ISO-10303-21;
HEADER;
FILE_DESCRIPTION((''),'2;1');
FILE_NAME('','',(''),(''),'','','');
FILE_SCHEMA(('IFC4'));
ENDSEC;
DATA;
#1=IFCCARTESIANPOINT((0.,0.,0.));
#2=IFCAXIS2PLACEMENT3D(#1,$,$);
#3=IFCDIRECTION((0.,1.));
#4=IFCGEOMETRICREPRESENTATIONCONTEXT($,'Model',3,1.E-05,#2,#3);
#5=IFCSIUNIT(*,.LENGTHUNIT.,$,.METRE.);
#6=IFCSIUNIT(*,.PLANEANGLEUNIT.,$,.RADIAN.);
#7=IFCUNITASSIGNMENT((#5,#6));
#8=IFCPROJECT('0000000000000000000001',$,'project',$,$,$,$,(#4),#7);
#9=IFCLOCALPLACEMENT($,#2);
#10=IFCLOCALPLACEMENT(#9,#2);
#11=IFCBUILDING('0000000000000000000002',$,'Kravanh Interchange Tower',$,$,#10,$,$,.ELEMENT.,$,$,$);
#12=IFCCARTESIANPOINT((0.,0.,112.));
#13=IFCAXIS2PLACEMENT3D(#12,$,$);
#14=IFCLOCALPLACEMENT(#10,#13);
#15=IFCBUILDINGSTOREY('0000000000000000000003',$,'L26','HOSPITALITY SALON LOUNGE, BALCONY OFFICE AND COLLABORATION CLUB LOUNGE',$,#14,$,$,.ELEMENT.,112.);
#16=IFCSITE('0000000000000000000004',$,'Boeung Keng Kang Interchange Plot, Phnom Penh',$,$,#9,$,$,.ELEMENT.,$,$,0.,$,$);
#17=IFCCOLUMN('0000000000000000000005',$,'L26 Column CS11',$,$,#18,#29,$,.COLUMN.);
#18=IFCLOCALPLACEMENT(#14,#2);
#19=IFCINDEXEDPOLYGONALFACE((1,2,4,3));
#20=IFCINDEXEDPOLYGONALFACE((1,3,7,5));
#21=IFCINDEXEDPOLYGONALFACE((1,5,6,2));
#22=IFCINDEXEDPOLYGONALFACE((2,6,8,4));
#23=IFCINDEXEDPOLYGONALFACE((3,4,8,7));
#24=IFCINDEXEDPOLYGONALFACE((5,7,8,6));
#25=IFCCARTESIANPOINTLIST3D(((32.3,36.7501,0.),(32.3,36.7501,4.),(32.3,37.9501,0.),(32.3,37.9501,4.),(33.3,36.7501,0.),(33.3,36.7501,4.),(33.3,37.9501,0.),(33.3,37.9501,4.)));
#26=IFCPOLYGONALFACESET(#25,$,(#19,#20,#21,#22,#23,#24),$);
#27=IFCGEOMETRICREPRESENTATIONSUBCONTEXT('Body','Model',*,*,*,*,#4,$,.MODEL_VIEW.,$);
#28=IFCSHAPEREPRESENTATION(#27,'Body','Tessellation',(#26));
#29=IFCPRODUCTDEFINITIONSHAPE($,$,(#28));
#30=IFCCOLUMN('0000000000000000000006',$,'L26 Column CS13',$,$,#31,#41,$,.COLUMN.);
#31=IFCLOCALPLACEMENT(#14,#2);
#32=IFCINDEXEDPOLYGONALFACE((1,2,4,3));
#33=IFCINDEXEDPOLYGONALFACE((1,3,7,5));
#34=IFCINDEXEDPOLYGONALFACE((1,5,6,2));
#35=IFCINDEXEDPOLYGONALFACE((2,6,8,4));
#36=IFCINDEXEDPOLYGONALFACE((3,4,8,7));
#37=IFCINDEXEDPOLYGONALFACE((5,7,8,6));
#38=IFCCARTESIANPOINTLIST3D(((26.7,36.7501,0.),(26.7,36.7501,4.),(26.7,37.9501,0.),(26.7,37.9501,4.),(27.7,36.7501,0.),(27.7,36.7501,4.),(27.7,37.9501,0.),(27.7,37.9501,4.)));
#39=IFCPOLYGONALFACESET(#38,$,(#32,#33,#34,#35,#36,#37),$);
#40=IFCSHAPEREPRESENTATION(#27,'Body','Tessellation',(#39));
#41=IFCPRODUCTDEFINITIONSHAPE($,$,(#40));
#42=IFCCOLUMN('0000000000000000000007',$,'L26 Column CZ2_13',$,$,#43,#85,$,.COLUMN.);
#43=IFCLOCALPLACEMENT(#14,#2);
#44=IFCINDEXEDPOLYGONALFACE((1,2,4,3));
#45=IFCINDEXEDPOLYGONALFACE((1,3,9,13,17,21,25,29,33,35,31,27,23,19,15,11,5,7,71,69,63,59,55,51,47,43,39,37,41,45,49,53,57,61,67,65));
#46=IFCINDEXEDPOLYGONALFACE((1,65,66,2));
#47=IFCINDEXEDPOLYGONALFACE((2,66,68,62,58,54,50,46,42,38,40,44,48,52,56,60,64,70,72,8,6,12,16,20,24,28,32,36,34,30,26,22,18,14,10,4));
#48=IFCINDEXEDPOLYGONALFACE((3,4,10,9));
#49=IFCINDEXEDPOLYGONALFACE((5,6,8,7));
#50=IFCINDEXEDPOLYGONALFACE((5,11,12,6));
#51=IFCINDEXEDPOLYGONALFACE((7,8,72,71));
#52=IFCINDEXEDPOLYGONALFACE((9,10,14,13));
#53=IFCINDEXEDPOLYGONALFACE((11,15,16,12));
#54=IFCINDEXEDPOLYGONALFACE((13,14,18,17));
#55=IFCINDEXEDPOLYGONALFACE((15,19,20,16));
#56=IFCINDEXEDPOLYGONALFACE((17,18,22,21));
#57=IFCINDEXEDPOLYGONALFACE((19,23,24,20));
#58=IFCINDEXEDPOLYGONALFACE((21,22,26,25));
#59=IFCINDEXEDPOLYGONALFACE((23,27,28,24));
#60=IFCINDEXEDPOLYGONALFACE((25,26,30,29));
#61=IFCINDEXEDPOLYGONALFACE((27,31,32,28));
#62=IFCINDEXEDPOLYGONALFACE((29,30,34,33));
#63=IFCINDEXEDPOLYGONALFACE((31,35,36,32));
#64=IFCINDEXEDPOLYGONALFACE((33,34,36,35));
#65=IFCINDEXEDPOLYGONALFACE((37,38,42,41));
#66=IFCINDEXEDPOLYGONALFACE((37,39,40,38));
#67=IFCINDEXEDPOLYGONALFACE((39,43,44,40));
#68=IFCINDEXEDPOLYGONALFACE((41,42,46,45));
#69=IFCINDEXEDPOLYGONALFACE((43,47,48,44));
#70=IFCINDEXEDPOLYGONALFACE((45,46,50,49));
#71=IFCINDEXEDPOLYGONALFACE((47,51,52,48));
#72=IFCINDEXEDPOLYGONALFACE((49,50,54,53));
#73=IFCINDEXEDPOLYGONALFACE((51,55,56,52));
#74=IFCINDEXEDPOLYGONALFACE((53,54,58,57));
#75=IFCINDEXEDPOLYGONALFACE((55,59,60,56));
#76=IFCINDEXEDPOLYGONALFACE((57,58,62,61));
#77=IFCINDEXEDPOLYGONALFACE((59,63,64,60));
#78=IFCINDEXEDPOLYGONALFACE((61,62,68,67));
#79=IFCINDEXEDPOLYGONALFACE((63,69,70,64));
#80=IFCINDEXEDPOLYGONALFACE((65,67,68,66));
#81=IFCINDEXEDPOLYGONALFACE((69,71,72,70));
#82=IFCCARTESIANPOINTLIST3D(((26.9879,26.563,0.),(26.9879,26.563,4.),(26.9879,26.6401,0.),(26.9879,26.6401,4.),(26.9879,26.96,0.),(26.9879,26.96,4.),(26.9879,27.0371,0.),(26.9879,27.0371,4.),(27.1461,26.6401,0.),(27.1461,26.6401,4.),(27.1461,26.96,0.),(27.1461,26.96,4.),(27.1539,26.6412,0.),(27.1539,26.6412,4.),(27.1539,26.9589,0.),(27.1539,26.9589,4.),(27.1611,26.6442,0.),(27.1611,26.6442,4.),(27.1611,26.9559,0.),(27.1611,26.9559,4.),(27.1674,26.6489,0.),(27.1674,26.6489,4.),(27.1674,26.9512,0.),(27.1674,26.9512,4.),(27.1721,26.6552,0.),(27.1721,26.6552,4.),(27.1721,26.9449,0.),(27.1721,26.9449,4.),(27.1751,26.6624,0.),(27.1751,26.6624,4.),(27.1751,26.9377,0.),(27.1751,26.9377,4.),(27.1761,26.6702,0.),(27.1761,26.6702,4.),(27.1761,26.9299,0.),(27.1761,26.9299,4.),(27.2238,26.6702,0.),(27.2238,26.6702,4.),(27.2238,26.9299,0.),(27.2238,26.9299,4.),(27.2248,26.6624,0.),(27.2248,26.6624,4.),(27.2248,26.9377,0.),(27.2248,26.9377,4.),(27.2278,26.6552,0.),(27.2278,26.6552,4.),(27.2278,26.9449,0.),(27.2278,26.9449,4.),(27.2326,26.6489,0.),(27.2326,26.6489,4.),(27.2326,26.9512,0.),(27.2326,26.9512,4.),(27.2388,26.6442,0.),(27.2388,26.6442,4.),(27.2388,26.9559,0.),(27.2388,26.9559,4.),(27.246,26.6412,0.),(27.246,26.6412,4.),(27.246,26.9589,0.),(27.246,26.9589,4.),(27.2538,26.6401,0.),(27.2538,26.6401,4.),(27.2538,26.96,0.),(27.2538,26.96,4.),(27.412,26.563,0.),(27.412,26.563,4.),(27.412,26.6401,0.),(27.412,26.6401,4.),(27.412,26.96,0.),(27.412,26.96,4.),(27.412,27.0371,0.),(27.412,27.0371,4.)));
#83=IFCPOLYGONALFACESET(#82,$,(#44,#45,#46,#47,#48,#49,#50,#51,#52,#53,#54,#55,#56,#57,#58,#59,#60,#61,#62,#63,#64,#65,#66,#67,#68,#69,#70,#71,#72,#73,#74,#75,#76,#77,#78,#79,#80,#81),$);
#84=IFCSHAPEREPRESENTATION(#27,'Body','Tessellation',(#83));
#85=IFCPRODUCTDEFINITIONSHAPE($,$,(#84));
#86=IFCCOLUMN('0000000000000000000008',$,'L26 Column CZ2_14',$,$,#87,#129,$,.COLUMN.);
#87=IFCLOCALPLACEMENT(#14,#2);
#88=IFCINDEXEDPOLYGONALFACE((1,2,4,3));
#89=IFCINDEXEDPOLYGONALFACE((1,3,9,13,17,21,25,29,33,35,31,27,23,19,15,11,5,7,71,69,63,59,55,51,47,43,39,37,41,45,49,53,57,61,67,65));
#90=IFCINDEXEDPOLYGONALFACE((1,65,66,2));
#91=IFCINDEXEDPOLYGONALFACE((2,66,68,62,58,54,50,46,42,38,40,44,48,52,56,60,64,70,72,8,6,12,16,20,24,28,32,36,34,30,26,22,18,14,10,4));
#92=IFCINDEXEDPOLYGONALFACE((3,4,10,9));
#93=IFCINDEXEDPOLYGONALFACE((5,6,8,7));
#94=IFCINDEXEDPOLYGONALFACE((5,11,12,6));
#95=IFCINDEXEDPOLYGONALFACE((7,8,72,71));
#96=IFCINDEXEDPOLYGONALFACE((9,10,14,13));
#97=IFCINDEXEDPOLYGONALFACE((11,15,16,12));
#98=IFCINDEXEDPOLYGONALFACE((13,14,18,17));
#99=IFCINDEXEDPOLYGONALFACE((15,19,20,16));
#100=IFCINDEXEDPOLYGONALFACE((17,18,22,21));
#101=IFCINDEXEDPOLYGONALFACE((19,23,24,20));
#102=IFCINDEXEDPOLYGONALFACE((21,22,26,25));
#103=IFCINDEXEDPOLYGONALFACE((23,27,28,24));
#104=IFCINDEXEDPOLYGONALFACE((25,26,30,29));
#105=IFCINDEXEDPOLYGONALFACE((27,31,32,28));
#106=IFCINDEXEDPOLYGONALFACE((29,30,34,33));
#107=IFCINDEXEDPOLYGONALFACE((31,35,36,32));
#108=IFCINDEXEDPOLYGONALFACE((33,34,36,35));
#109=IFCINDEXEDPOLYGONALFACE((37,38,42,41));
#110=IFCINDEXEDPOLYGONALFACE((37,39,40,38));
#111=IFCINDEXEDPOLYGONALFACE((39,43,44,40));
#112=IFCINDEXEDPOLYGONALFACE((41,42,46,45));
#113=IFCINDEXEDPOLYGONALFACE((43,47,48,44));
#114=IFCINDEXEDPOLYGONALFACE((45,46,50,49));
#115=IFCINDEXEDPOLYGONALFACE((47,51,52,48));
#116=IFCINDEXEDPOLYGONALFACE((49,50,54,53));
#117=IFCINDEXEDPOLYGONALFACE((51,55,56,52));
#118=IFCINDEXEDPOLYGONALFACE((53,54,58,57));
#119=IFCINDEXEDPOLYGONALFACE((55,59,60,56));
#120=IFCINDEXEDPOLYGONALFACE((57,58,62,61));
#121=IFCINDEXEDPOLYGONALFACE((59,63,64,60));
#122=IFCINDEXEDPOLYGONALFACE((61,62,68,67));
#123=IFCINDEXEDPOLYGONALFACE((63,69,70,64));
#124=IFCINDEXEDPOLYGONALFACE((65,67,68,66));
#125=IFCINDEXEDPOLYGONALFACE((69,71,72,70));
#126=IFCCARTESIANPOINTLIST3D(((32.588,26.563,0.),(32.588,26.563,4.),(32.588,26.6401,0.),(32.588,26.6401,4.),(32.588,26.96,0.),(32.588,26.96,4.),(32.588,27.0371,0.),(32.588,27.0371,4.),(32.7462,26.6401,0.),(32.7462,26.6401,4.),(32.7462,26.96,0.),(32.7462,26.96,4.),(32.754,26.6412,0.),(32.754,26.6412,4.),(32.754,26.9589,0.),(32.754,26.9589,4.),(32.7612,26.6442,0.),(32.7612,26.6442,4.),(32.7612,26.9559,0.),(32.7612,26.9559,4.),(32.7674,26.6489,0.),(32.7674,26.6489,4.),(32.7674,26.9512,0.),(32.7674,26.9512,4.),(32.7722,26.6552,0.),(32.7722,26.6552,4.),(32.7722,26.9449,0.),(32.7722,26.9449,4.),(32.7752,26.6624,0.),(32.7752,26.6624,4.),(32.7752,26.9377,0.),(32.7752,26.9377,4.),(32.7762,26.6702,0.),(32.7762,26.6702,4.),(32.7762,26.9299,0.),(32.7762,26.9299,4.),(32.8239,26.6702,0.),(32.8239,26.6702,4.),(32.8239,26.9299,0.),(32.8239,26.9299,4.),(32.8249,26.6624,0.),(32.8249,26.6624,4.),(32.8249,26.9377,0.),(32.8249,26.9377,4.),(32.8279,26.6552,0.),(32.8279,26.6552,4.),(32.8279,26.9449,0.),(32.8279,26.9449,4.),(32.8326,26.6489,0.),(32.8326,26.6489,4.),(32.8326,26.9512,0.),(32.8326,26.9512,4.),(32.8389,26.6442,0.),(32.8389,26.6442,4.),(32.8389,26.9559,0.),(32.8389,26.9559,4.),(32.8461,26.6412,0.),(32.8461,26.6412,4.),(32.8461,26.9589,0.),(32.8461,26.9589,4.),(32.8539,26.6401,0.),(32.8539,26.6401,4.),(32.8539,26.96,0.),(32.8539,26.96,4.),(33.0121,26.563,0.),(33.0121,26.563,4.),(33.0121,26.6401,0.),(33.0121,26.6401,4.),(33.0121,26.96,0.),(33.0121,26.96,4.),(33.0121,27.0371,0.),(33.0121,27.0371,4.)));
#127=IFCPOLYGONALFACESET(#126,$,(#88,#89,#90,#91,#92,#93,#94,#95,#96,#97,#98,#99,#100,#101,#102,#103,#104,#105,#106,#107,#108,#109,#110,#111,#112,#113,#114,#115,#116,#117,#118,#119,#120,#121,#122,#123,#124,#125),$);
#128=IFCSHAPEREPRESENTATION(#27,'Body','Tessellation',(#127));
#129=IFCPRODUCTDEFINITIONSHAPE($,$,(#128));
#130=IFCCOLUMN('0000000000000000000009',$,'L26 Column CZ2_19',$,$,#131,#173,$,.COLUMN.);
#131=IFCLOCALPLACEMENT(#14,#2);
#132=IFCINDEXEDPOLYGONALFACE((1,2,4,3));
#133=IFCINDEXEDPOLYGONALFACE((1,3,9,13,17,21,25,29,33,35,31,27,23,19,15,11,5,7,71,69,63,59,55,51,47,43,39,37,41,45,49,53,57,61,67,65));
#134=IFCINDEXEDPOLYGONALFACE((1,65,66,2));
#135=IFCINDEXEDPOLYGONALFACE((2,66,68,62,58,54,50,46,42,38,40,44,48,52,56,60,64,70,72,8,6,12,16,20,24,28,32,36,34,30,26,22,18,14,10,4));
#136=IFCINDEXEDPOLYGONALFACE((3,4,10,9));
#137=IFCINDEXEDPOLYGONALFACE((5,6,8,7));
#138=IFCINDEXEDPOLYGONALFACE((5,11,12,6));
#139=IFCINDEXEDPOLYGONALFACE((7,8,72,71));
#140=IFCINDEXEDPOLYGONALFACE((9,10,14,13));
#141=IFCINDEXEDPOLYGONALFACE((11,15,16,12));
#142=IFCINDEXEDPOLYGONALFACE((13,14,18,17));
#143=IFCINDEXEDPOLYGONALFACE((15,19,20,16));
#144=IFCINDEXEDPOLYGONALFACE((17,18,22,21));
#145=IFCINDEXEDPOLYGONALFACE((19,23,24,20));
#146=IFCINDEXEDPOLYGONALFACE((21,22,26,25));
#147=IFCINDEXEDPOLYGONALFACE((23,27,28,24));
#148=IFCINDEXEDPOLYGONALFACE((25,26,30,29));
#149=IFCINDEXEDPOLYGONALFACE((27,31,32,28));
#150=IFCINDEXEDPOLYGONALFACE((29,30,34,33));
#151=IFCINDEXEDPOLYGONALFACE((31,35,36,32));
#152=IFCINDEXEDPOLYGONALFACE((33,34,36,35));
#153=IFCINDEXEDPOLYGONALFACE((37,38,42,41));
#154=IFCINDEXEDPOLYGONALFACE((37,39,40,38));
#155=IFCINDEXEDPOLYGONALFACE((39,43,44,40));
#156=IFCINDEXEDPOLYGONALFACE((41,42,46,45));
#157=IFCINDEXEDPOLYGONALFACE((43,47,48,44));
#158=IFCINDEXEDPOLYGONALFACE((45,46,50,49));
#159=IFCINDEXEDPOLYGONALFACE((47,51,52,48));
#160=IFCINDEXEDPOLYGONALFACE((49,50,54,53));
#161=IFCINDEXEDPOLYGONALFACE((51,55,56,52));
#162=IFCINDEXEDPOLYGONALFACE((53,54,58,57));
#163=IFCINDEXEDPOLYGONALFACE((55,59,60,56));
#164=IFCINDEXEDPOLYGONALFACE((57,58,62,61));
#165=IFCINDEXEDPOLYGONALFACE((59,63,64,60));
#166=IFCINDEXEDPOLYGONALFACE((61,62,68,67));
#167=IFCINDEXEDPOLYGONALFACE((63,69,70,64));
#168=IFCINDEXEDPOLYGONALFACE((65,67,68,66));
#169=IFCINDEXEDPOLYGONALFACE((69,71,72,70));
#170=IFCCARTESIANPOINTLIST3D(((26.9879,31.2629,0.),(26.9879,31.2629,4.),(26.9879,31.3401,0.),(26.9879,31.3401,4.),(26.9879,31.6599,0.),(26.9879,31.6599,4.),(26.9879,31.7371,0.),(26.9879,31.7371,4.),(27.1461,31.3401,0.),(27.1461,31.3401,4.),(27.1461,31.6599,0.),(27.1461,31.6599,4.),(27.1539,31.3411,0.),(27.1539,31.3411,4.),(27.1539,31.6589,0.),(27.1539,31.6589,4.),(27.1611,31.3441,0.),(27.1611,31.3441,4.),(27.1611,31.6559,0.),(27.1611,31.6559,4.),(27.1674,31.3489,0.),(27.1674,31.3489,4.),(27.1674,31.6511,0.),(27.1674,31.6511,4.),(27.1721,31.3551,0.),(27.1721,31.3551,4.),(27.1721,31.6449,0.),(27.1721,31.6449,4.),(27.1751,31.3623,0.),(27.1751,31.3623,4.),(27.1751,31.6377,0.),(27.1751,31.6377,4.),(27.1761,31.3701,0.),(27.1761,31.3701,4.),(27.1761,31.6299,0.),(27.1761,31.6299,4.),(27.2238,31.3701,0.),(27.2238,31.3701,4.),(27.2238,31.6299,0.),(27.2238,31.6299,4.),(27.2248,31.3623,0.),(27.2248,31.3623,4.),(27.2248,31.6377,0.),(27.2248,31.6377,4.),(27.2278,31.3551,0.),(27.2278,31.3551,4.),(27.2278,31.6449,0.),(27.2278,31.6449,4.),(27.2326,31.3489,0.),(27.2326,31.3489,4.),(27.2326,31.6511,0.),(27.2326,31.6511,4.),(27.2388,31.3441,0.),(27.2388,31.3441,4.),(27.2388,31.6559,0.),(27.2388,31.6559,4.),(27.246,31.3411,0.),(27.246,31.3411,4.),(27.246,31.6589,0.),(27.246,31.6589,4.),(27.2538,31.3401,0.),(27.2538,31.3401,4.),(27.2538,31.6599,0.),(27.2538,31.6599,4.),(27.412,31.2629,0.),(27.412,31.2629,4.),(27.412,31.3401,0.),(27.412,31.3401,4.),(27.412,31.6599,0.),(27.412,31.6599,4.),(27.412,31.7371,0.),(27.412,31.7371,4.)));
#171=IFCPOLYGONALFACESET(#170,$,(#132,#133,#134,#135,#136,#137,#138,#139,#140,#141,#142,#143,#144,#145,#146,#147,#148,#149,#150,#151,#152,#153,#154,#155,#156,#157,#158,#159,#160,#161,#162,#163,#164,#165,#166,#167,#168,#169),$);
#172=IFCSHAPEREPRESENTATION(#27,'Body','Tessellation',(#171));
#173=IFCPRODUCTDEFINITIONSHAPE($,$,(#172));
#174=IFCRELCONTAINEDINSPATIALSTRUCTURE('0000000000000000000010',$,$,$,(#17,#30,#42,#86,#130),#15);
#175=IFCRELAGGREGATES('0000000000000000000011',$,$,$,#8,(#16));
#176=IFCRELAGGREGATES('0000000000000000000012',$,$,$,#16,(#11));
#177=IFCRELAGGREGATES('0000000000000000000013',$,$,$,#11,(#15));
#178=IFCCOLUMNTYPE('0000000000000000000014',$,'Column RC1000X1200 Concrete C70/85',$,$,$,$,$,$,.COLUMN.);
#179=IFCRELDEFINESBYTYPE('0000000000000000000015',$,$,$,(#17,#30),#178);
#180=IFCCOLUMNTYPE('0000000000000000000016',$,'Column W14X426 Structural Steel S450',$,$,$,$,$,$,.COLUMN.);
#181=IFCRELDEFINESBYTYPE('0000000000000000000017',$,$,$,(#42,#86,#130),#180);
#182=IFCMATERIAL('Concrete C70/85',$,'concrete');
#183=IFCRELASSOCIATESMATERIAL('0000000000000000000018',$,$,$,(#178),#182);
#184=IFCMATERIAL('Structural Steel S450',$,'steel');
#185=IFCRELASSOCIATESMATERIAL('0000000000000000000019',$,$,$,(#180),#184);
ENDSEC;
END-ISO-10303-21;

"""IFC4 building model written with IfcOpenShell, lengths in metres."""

from ifc_helpers import new_model, si_unit, direction, frame, origin, origin_2d, place, context, subcontext, project, spatial, rectangle, i_section, extrude, material, material_profile, profile_set, type_object, element, save


model = new_model("IFC4")

# Units and contexts
model_context = context("Model", 3, precision=1e-05, world=origin(), true_north=direction((0.0, 1.0)))
body_context = subcontext(model_context, "Body", "Model", "MODEL_VIEW")
ifc_project = project(units=[si_unit("LENGTHUNIT", "METRE"), si_unit("PLANEANGLEUNIT", "RADIAN")], contexts=[model_context])

# Site, building, storey
site_placement = place(None, origin())
site = spatial("IfcSite", under=ifc_project, at=site_placement, Name="Boeung Keng Kang Interchange Plot, Phnom Penh", CompositionType="ELEMENT", RefElevation=0.0)
building_placement = place(site_placement, origin())
building = spatial("IfcBuilding", under=site, at=building_placement, Name="Kravanh Interchange Tower", CompositionType="ELEMENT")
storey_placement = place(building_placement, frame((0.0, 0.0, 112.0)))
storey = spatial("IfcBuildingStorey", under=building, at=storey_placement, Name="L26", Description="HOSPITALITY SALON LOUNGE, BALCONY OFFICE AND COLLABORATION CLUB LOUNGE", CompositionType="ELEMENT", Elevation=112.0)

# Columns
ifc_material_1 = material(Name="Concrete C70/85", Category="concrete")
ifc_material_profile_1 = material_profile(ifc_material_1, rectangle(XDim=1.0, YDim=1.2, at=origin_2d()), Name="RC1000X1200")
ifc_profile_set_1 = profile_set([ifc_material_profile_1], Name="Concrete C70/85")
column_type_1 = type_object("IfcColumnType", Name="Column RC1000X1200 Concrete C70/85", PredefinedType="COLUMN", material=ifc_profile_set_1)
for number, where, z_axis, x_axis, name in (
    (1, (32.8, 37.3501, 0.0), (0.0, 0.0, 1.0), (1.0, 0.0, 0.0), "L26 Column CS11"),
    (2, (27.2, 37.3501, 0.0), (0.0, 0.0, 1.0), (1.0, 0.0, 0.0), "L26 Column CS13"),
):
    element("IfcColumn", number, at=place(storey_placement, frame(where, z_axis=z_axis, x_axis=x_axis)), inside=storey, type_object=column_type_1, Name=name, PredefinedType="COLUMN", context=body_context, shape_type="SweptSolid", body=[
        extrude(rectangle(XDim=1.0, YDim=1.2, at=origin_2d()), origin(), (0.0, 0.0, 1.0), 4.0),
    ])
ifc_material_2 = material(Name="Structural Steel S450", Category="steel")
ifc_material_profile_2 = material_profile(ifc_material_2, i_section(OverallWidth=0.4241, OverallDepth=0.4741, WebThickness=0.0476, FlangeThickness=0.0771, FilletRadius=0.03, at=origin_2d()), Name="W14X426")
ifc_profile_set_2 = profile_set([ifc_material_profile_2], Name="Structural Steel S450")
column_type_2 = type_object("IfcColumnType", Name="Column W14X426 Structural Steel S450", PredefinedType="COLUMN", material=ifc_profile_set_2)
for number, where, z_axis, x_axis, name in (
    (3, (27.2, 26.8, 0.0), (0.0, 0.0, 1.0), (1.0, 0.0, 0.0), "L26 Column CZ2_13"),
    (4, (32.8, 26.8, 0.0), (0.0, 0.0, 1.0), (1.0, 0.0, 0.0), "L26 Column CZ2_14"),
    (5, (27.2, 31.5, 0.0), (0.0, 0.0, 1.0), (1.0, 0.0, 0.0), "L26 Column CZ2_19"),
):
    element("IfcColumn", number, at=place(storey_placement, frame(where, z_axis=z_axis, x_axis=x_axis)), inside=storey, type_object=column_type_2, Name=name, PredefinedType="COLUMN", context=body_context, shape_type="SweptSolid", body=[
        extrude(i_section(OverallWidth=0.4241, OverallDepth=0.4741, WebThickness=0.0476, FlangeThickness=0.0771, FilletRadius=0.03, at=origin_2d()), origin(), (0.0, 0.0, 1.0), 4.0),
    ])

save(model, "model.ifc")
